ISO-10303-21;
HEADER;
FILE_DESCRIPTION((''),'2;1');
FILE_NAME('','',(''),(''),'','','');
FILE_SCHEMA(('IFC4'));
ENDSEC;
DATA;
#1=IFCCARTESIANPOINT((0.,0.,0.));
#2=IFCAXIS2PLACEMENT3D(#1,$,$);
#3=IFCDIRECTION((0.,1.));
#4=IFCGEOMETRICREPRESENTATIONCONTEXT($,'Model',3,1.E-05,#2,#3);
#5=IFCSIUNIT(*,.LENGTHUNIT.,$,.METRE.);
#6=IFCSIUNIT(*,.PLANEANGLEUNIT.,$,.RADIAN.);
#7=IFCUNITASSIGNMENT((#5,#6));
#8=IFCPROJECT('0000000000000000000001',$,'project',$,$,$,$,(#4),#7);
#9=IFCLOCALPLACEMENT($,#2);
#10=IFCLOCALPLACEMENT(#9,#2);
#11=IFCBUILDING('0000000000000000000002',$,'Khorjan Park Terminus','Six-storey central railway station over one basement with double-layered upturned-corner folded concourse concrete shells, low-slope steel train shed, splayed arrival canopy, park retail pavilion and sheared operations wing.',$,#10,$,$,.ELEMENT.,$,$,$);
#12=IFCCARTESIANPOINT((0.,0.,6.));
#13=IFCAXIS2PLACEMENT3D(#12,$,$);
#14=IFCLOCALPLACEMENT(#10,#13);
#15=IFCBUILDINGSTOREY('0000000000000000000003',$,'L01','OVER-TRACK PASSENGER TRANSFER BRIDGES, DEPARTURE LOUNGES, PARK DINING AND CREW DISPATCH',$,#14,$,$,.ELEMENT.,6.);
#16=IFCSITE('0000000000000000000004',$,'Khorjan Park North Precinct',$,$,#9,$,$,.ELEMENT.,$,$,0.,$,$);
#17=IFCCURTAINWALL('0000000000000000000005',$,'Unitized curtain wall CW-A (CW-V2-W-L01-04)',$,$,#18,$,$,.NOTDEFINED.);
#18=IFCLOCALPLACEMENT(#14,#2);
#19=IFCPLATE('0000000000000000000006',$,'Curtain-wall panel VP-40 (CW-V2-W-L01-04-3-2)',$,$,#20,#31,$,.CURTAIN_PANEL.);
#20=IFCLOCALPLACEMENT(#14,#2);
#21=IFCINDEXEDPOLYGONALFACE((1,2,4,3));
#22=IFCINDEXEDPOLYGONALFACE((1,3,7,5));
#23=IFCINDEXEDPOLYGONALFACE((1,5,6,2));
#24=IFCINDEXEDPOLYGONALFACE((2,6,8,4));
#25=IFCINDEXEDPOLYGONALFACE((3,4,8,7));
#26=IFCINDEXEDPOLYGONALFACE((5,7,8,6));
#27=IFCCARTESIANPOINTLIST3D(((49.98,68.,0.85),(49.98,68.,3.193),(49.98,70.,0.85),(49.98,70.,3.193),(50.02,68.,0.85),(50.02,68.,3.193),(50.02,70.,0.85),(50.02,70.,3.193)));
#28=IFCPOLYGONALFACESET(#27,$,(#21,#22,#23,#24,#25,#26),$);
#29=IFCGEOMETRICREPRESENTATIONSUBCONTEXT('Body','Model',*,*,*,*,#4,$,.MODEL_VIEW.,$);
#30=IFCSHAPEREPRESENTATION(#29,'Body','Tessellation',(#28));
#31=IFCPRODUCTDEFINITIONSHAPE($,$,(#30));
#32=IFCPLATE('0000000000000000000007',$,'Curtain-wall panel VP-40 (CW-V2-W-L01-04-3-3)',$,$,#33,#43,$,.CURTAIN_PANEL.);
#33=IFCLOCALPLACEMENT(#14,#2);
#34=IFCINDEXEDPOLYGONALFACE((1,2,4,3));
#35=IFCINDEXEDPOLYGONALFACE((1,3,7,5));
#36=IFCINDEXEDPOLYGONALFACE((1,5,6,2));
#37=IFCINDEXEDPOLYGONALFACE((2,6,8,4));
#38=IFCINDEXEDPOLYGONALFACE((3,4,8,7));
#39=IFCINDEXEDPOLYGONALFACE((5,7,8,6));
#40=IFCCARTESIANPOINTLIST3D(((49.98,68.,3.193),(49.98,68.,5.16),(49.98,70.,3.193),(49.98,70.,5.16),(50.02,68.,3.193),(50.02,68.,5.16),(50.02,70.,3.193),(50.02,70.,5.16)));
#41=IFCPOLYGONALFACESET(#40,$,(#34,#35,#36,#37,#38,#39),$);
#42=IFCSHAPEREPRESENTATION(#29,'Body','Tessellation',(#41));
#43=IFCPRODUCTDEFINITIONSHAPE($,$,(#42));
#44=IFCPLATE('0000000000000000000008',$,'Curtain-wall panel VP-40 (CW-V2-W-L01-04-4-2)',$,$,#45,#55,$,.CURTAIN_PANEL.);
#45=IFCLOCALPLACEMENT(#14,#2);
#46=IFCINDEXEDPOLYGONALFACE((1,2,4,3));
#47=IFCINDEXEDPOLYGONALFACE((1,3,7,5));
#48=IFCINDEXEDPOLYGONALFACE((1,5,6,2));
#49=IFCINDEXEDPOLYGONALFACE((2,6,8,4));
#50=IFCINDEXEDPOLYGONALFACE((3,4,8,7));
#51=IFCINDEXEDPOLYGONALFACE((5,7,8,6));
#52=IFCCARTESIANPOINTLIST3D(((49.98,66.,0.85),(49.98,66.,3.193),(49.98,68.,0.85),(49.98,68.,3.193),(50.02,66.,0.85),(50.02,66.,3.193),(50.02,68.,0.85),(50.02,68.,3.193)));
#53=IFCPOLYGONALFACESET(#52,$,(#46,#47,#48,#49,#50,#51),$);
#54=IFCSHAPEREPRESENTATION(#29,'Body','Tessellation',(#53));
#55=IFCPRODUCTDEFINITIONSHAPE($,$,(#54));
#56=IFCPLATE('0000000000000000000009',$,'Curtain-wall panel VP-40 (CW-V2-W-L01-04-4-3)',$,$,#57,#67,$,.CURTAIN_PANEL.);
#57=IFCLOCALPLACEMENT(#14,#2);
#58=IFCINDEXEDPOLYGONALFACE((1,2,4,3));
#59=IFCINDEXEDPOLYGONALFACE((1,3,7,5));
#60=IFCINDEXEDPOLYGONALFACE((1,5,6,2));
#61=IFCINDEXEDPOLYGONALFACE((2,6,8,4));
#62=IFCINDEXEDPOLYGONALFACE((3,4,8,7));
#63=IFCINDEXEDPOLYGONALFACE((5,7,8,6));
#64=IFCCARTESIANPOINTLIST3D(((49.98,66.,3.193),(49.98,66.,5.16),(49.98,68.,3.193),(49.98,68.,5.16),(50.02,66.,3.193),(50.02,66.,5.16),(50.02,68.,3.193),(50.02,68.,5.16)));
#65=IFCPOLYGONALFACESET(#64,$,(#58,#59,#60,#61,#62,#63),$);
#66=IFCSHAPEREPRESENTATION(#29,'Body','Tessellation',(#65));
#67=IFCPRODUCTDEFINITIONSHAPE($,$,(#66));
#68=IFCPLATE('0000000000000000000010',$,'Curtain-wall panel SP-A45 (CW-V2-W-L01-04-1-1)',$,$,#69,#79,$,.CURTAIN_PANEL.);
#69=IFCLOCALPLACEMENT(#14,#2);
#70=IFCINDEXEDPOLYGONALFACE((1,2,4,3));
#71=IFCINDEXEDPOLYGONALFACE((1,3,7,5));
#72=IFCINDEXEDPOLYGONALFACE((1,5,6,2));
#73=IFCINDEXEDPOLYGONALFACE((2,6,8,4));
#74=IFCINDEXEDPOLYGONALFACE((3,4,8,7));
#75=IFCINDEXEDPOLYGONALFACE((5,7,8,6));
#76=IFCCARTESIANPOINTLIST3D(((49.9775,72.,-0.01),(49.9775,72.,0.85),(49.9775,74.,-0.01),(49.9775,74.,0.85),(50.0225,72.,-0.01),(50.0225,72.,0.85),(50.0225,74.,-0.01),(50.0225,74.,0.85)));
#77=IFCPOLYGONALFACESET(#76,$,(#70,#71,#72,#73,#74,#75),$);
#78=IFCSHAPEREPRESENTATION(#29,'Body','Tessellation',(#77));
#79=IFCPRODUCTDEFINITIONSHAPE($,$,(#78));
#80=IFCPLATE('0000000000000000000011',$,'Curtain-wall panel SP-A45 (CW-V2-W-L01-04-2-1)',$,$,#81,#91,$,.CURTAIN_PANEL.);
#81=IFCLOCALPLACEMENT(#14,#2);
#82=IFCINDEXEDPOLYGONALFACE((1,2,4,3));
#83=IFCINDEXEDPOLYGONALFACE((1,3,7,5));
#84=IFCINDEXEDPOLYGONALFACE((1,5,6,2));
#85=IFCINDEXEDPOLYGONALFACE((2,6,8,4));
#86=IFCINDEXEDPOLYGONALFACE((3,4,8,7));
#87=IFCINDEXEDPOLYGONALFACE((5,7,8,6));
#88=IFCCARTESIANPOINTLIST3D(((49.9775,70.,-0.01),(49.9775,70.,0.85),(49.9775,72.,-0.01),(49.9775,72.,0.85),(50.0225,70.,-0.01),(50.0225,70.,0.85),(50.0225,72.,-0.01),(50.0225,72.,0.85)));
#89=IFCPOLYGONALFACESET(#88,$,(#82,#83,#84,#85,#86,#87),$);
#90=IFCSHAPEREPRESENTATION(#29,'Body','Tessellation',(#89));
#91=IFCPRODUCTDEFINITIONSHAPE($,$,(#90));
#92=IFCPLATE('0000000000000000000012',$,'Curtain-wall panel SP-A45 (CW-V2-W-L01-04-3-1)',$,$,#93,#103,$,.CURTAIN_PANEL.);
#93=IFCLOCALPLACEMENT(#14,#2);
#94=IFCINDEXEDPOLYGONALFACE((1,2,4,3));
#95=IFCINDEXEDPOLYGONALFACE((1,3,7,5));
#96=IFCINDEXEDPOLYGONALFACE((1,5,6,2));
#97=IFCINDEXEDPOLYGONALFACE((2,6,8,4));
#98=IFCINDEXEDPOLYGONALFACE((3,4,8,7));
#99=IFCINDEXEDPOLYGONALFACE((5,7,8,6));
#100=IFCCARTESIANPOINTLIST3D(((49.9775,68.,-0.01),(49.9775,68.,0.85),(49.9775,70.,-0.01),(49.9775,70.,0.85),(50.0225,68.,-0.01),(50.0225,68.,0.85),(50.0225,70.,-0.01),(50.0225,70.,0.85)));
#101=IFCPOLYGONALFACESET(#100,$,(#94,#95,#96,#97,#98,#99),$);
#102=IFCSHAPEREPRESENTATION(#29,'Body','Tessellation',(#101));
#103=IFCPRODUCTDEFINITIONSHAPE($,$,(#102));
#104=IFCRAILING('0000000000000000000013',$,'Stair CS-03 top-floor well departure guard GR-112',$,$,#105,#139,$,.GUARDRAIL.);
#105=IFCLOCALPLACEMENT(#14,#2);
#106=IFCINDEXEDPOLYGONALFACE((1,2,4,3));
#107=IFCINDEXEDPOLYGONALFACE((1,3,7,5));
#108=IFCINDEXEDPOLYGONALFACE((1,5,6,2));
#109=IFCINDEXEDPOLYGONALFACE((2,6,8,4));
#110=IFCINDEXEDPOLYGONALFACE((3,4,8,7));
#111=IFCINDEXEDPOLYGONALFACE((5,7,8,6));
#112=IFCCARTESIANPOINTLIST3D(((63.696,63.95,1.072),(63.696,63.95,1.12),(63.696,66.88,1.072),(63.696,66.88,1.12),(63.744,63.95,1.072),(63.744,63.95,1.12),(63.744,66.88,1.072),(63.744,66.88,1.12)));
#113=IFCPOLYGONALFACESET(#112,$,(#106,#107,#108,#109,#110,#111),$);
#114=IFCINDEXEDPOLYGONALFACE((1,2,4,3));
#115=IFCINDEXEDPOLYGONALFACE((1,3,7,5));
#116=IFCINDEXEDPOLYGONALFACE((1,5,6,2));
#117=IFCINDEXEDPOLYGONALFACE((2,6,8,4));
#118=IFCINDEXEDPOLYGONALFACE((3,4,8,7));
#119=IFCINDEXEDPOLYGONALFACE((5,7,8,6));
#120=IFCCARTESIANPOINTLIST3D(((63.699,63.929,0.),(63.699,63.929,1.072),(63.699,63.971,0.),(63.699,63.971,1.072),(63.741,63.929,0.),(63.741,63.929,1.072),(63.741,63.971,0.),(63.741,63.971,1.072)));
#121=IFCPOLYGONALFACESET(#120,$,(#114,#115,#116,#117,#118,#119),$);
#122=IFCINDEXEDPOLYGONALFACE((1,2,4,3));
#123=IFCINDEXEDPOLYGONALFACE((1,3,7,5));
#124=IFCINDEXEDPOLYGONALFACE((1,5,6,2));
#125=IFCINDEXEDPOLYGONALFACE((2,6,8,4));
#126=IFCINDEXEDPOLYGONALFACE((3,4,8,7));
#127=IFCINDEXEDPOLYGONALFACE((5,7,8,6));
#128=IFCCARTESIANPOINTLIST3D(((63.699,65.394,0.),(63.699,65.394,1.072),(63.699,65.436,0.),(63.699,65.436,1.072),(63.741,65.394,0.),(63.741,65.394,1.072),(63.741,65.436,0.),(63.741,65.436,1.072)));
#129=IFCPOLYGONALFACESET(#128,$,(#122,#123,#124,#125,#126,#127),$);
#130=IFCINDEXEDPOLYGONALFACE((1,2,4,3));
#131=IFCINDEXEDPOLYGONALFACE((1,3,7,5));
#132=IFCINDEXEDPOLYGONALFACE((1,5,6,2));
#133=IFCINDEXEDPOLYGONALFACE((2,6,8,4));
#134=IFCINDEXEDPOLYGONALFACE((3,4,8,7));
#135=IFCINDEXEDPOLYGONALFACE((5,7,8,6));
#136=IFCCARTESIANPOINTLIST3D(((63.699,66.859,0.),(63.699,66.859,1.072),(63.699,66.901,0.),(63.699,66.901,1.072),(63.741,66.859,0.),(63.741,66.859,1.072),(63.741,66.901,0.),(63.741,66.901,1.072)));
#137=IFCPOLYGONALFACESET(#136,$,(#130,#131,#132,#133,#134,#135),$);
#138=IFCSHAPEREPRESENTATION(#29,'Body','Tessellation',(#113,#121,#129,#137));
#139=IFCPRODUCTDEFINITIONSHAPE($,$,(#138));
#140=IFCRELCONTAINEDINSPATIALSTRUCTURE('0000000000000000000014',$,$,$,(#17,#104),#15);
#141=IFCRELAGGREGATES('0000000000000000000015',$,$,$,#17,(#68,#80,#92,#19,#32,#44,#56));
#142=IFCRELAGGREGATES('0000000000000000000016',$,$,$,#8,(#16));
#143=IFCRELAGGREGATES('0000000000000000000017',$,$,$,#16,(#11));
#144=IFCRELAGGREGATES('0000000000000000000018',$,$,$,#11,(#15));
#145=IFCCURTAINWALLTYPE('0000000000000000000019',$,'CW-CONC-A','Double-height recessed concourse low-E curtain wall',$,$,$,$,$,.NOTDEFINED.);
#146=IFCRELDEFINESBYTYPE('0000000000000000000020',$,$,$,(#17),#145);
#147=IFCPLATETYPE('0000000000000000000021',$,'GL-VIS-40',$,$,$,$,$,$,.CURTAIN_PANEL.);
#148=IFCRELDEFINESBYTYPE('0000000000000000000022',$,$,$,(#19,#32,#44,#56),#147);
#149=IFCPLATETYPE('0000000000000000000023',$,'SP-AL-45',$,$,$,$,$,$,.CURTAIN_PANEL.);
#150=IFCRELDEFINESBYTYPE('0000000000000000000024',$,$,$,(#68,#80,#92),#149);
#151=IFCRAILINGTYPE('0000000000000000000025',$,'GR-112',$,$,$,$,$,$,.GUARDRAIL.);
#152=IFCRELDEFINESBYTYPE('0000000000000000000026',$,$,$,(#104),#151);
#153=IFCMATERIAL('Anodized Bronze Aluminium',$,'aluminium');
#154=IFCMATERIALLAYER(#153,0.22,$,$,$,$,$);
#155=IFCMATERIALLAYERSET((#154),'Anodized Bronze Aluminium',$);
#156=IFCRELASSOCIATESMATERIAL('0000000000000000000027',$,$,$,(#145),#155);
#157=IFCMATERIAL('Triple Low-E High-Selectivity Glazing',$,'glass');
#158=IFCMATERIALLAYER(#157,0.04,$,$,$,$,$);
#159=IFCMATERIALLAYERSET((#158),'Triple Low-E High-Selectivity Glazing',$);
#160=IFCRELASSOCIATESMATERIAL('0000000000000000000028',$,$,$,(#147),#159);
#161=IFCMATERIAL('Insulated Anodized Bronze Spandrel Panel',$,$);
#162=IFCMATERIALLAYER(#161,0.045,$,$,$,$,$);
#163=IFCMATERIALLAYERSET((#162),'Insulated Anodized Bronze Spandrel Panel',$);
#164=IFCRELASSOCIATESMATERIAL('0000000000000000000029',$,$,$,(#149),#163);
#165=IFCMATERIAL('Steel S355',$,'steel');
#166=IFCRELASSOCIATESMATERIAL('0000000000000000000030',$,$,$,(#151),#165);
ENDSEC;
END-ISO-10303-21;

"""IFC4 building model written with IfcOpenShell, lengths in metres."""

from ifc_helpers import new_model, si_unit, direction, frame, origin, origin_2d, place, context, subcontext, project, spatial, rectangle, extrude, material, layer, layer_set, type_object, element, aggregate, save


model = new_model("IFC4")

# Units and contexts
model_context = context("Model", 3, precision=1e-05, world=origin(), true_north=direction((0.0, 1.0)))
body_context = subcontext(model_context, "Body", "Model", "MODEL_VIEW")
ifc_project = project(units=[si_unit("LENGTHUNIT", "METRE"), si_unit("PLANEANGLEUNIT", "RADIAN")], contexts=[model_context])

# Site, building, storey
site_placement = place(None, origin())
site = spatial("IfcSite", under=ifc_project, at=site_placement, Name="Khorjan Park North Precinct", CompositionType="ELEMENT", RefElevation=0.0)
building_placement = place(site_placement, origin())
building = spatial("IfcBuilding", under=site, at=building_placement, Name="Khorjan Park Terminus", Description="Six-storey central railway station over one basement with double-layered upturned-corner folded concourse concrete shells, low-slope steel train shed, splayed arrival canopy, park retail pavilion and sheared operations wing.", CompositionType="ELEMENT")
storey_placement = place(building_placement, frame((0.0, 0.0, 6.0)))
storey = spatial("IfcBuildingStorey", under=building, at=storey_placement, Name="L01", Description="OVER-TRACK PASSENGER TRANSFER BRIDGES, DEPARTURE LOUNGES, PARK DINING AND CREW DISPATCH", CompositionType="ELEMENT", Elevation=6.0)

# Shared definitions
ifc_material_1 = material(Name="Steel S355", Category="steel")

# Curtain wall, plates
ifc_material_2 = material(Name="Anodized Bronze Aluminium", Category="aluminium")
ifc_layer_1 = layer(ifc_material_2, 0.22)
ifc_layer_set_1 = layer_set([ifc_layer_1], Name="Anodized Bronze Aluminium")
curtain_wall_type = type_object("IfcCurtainWallType", Name="CW-CONC-A", Description="Double-height recessed concourse low-E curtain wall", PredefinedType="NOTDEFINED", material=ifc_layer_set_1)
curtain_wall_placement = place(storey_placement, origin())
curtain_wall = element("IfcCurtainWall", 1, at=curtain_wall_placement, inside=storey, type_object=curtain_wall_type, Name="Unitized curtain wall CW-A (CW-V2-W-L01-04)", PredefinedType="NOTDEFINED")
ifc_material_3 = material(Name="Triple Low-E High-Selectivity Glazing", Category="glass")
ifc_layer_2 = layer(ifc_material_3, 0.04)
ifc_layer_set_2 = layer_set([ifc_layer_2], Name="Triple Low-E High-Selectivity Glazing")
plate_type_1 = type_object("IfcPlateType", Name="GL-VIS-40", PredefinedType="CURTAIN_PANEL", material=ifc_layer_set_2)
plate_1_placement = place(storey_placement, frame((50.0, 69.0, 0.85), z_axis=(0.0, 0.0, 1.0), x_axis=(0.0, -1.0, 0.0)))
plate_1 = element("IfcPlate", 2, at=plate_1_placement, type_object=plate_type_1, Name="Curtain-wall panel VP-40 (CW-V2-W-L01-04-3-2)", PredefinedType="CURTAIN_PANEL", context=body_context, shape_type="SweptSolid", body=[
    extrude(rectangle(XDim=2.0, YDim=0.04, at=origin_2d()), origin(), (0.0, 0.0, 1.0), 2.343),
])
plate_2_placement = place(storey_placement, frame((50.0, 69.0, 3.193), z_axis=(0.0, 0.0, 1.0), x_axis=(0.0, -1.0, 0.0)))
plate_2 = element("IfcPlate", 3, at=plate_2_placement, type_object=plate_type_1, Name="Curtain-wall panel VP-40 (CW-V2-W-L01-04-3-3)", PredefinedType="CURTAIN_PANEL", context=body_context, shape_type="SweptSolid", body=[
    extrude(rectangle(XDim=2.0, YDim=0.04, at=origin_2d()), origin(), (0.0, 0.0, 1.0), 1.967),
])
plate_3_placement = place(storey_placement, frame((50.0, 67.0, 0.85), z_axis=(0.0, 0.0, 1.0), x_axis=(0.0, -1.0, 0.0)))
plate_3 = element("IfcPlate", 4, at=plate_3_placement, type_object=plate_type_1, Name="Curtain-wall panel VP-40 (CW-V2-W-L01-04-4-2)", PredefinedType="CURTAIN_PANEL", context=body_context, shape_type="SweptSolid", body=[
    extrude(rectangle(XDim=2.0, YDim=0.04, at=origin_2d()), origin(), (0.0, 0.0, 1.0), 2.343),
])
plate_4_placement = place(storey_placement, frame((50.0, 67.0, 3.193), z_axis=(0.0, 0.0, 1.0), x_axis=(0.0, -1.0, 0.0)))
plate_4 = element("IfcPlate", 5, at=plate_4_placement, type_object=plate_type_1, Name="Curtain-wall panel VP-40 (CW-V2-W-L01-04-4-3)", PredefinedType="CURTAIN_PANEL", context=body_context, shape_type="SweptSolid", body=[
    extrude(rectangle(XDim=2.0, YDim=0.04, at=origin_2d()), origin(), (0.0, 0.0, 1.0), 1.967),
])
ifc_material_4 = material(Name="Insulated Anodized Bronze Spandrel Panel")
ifc_layer_3 = layer(ifc_material_4, 0.045)
ifc_layer_set_3 = layer_set([ifc_layer_3], Name="Insulated Anodized Bronze Spandrel Panel")
plate_type_2 = type_object("IfcPlateType", Name="SP-AL-45", PredefinedType="CURTAIN_PANEL", material=ifc_layer_set_3)
plate_5_placement = place(storey_placement, frame((50.0, 73.0, -0.01), z_axis=(0.0, 0.0, 1.0), x_axis=(0.0, -1.0, 0.0)))
plate_5 = element("IfcPlate", 6, at=plate_5_placement, type_object=plate_type_2, Name="Curtain-wall panel SP-A45 (CW-V2-W-L01-04-1-1)", PredefinedType="CURTAIN_PANEL", context=body_context, shape_type="SweptSolid", body=[
    extrude(rectangle(XDim=2.0, YDim=0.045, at=origin_2d()), origin(), (0.0, 0.0, 1.0), 0.86),
])
plate_6_placement = place(storey_placement, frame((50.0, 71.0, -0.01), z_axis=(0.0, 0.0, 1.0), x_axis=(0.0, -1.0, 0.0)))
plate_6 = element("IfcPlate", 7, at=plate_6_placement, type_object=plate_type_2, Name="Curtain-wall panel SP-A45 (CW-V2-W-L01-04-2-1)", PredefinedType="CURTAIN_PANEL", context=body_context, shape_type="SweptSolid", body=[
    extrude(rectangle(XDim=2.0, YDim=0.045, at=origin_2d()), origin(), (0.0, 0.0, 1.0), 0.86),
])
plate_7_placement = place(storey_placement, frame((50.0, 69.0, -0.01), z_axis=(0.0, 0.0, 1.0), x_axis=(0.0, -1.0, 0.0)))
plate_7 = element("IfcPlate", 8, at=plate_7_placement, type_object=plate_type_2, Name="Curtain-wall panel SP-A45 (CW-V2-W-L01-04-3-1)", PredefinedType="CURTAIN_PANEL", context=body_context, shape_type="SweptSolid", body=[
    extrude(rectangle(XDim=2.0, YDim=0.045, at=origin_2d()), origin(), (0.0, 0.0, 1.0), 0.86),
])
aggregate(curtain_wall, [plate_5, plate_6, plate_7, plate_1, plate_2, plate_3, plate_4])

# Railing
railing_type_1 = type_object("IfcRailingType", Name="GR-112", PredefinedType="GUARDRAIL", material=ifc_material_1)
railing_1_placement = place(storey_placement, frame((63.72, 63.95, 0.0)))
element("IfcRailing", 9, at=railing_1_placement, inside=storey, type_object=railing_type_1, Name="Stair CS-03 top-floor well departure guard GR-112", PredefinedType="GUARDRAIL", context=body_context, shape_type="SweptSolid", body=[
    extrude(rectangle(XDim=0.048, YDim=0.048, at=origin_2d()), frame((0.0, 0.0, 1.096), z_axis=(0.0, 1.0, 0.0), x_axis=(-1.0, 0.0, 0.0)), (0.0, 0.0, 1.0), 2.93),
    extrude(rectangle(XDim=0.042, YDim=0.042, at=origin_2d()), origin(), (0.0, 0.0, 1.0), 1.072),
    extrude(rectangle(XDim=0.042, YDim=0.042, at=origin_2d()), frame((0.0, 1.465, 0.0)), (0.0, 0.0, 1.0), 1.072),
    extrude(rectangle(XDim=0.042, YDim=0.042, at=origin_2d()), frame((0.0, 2.93, 0.0)), (0.0, 0.0, 1.0), 1.072),
])

save(model, "model.ifc")
